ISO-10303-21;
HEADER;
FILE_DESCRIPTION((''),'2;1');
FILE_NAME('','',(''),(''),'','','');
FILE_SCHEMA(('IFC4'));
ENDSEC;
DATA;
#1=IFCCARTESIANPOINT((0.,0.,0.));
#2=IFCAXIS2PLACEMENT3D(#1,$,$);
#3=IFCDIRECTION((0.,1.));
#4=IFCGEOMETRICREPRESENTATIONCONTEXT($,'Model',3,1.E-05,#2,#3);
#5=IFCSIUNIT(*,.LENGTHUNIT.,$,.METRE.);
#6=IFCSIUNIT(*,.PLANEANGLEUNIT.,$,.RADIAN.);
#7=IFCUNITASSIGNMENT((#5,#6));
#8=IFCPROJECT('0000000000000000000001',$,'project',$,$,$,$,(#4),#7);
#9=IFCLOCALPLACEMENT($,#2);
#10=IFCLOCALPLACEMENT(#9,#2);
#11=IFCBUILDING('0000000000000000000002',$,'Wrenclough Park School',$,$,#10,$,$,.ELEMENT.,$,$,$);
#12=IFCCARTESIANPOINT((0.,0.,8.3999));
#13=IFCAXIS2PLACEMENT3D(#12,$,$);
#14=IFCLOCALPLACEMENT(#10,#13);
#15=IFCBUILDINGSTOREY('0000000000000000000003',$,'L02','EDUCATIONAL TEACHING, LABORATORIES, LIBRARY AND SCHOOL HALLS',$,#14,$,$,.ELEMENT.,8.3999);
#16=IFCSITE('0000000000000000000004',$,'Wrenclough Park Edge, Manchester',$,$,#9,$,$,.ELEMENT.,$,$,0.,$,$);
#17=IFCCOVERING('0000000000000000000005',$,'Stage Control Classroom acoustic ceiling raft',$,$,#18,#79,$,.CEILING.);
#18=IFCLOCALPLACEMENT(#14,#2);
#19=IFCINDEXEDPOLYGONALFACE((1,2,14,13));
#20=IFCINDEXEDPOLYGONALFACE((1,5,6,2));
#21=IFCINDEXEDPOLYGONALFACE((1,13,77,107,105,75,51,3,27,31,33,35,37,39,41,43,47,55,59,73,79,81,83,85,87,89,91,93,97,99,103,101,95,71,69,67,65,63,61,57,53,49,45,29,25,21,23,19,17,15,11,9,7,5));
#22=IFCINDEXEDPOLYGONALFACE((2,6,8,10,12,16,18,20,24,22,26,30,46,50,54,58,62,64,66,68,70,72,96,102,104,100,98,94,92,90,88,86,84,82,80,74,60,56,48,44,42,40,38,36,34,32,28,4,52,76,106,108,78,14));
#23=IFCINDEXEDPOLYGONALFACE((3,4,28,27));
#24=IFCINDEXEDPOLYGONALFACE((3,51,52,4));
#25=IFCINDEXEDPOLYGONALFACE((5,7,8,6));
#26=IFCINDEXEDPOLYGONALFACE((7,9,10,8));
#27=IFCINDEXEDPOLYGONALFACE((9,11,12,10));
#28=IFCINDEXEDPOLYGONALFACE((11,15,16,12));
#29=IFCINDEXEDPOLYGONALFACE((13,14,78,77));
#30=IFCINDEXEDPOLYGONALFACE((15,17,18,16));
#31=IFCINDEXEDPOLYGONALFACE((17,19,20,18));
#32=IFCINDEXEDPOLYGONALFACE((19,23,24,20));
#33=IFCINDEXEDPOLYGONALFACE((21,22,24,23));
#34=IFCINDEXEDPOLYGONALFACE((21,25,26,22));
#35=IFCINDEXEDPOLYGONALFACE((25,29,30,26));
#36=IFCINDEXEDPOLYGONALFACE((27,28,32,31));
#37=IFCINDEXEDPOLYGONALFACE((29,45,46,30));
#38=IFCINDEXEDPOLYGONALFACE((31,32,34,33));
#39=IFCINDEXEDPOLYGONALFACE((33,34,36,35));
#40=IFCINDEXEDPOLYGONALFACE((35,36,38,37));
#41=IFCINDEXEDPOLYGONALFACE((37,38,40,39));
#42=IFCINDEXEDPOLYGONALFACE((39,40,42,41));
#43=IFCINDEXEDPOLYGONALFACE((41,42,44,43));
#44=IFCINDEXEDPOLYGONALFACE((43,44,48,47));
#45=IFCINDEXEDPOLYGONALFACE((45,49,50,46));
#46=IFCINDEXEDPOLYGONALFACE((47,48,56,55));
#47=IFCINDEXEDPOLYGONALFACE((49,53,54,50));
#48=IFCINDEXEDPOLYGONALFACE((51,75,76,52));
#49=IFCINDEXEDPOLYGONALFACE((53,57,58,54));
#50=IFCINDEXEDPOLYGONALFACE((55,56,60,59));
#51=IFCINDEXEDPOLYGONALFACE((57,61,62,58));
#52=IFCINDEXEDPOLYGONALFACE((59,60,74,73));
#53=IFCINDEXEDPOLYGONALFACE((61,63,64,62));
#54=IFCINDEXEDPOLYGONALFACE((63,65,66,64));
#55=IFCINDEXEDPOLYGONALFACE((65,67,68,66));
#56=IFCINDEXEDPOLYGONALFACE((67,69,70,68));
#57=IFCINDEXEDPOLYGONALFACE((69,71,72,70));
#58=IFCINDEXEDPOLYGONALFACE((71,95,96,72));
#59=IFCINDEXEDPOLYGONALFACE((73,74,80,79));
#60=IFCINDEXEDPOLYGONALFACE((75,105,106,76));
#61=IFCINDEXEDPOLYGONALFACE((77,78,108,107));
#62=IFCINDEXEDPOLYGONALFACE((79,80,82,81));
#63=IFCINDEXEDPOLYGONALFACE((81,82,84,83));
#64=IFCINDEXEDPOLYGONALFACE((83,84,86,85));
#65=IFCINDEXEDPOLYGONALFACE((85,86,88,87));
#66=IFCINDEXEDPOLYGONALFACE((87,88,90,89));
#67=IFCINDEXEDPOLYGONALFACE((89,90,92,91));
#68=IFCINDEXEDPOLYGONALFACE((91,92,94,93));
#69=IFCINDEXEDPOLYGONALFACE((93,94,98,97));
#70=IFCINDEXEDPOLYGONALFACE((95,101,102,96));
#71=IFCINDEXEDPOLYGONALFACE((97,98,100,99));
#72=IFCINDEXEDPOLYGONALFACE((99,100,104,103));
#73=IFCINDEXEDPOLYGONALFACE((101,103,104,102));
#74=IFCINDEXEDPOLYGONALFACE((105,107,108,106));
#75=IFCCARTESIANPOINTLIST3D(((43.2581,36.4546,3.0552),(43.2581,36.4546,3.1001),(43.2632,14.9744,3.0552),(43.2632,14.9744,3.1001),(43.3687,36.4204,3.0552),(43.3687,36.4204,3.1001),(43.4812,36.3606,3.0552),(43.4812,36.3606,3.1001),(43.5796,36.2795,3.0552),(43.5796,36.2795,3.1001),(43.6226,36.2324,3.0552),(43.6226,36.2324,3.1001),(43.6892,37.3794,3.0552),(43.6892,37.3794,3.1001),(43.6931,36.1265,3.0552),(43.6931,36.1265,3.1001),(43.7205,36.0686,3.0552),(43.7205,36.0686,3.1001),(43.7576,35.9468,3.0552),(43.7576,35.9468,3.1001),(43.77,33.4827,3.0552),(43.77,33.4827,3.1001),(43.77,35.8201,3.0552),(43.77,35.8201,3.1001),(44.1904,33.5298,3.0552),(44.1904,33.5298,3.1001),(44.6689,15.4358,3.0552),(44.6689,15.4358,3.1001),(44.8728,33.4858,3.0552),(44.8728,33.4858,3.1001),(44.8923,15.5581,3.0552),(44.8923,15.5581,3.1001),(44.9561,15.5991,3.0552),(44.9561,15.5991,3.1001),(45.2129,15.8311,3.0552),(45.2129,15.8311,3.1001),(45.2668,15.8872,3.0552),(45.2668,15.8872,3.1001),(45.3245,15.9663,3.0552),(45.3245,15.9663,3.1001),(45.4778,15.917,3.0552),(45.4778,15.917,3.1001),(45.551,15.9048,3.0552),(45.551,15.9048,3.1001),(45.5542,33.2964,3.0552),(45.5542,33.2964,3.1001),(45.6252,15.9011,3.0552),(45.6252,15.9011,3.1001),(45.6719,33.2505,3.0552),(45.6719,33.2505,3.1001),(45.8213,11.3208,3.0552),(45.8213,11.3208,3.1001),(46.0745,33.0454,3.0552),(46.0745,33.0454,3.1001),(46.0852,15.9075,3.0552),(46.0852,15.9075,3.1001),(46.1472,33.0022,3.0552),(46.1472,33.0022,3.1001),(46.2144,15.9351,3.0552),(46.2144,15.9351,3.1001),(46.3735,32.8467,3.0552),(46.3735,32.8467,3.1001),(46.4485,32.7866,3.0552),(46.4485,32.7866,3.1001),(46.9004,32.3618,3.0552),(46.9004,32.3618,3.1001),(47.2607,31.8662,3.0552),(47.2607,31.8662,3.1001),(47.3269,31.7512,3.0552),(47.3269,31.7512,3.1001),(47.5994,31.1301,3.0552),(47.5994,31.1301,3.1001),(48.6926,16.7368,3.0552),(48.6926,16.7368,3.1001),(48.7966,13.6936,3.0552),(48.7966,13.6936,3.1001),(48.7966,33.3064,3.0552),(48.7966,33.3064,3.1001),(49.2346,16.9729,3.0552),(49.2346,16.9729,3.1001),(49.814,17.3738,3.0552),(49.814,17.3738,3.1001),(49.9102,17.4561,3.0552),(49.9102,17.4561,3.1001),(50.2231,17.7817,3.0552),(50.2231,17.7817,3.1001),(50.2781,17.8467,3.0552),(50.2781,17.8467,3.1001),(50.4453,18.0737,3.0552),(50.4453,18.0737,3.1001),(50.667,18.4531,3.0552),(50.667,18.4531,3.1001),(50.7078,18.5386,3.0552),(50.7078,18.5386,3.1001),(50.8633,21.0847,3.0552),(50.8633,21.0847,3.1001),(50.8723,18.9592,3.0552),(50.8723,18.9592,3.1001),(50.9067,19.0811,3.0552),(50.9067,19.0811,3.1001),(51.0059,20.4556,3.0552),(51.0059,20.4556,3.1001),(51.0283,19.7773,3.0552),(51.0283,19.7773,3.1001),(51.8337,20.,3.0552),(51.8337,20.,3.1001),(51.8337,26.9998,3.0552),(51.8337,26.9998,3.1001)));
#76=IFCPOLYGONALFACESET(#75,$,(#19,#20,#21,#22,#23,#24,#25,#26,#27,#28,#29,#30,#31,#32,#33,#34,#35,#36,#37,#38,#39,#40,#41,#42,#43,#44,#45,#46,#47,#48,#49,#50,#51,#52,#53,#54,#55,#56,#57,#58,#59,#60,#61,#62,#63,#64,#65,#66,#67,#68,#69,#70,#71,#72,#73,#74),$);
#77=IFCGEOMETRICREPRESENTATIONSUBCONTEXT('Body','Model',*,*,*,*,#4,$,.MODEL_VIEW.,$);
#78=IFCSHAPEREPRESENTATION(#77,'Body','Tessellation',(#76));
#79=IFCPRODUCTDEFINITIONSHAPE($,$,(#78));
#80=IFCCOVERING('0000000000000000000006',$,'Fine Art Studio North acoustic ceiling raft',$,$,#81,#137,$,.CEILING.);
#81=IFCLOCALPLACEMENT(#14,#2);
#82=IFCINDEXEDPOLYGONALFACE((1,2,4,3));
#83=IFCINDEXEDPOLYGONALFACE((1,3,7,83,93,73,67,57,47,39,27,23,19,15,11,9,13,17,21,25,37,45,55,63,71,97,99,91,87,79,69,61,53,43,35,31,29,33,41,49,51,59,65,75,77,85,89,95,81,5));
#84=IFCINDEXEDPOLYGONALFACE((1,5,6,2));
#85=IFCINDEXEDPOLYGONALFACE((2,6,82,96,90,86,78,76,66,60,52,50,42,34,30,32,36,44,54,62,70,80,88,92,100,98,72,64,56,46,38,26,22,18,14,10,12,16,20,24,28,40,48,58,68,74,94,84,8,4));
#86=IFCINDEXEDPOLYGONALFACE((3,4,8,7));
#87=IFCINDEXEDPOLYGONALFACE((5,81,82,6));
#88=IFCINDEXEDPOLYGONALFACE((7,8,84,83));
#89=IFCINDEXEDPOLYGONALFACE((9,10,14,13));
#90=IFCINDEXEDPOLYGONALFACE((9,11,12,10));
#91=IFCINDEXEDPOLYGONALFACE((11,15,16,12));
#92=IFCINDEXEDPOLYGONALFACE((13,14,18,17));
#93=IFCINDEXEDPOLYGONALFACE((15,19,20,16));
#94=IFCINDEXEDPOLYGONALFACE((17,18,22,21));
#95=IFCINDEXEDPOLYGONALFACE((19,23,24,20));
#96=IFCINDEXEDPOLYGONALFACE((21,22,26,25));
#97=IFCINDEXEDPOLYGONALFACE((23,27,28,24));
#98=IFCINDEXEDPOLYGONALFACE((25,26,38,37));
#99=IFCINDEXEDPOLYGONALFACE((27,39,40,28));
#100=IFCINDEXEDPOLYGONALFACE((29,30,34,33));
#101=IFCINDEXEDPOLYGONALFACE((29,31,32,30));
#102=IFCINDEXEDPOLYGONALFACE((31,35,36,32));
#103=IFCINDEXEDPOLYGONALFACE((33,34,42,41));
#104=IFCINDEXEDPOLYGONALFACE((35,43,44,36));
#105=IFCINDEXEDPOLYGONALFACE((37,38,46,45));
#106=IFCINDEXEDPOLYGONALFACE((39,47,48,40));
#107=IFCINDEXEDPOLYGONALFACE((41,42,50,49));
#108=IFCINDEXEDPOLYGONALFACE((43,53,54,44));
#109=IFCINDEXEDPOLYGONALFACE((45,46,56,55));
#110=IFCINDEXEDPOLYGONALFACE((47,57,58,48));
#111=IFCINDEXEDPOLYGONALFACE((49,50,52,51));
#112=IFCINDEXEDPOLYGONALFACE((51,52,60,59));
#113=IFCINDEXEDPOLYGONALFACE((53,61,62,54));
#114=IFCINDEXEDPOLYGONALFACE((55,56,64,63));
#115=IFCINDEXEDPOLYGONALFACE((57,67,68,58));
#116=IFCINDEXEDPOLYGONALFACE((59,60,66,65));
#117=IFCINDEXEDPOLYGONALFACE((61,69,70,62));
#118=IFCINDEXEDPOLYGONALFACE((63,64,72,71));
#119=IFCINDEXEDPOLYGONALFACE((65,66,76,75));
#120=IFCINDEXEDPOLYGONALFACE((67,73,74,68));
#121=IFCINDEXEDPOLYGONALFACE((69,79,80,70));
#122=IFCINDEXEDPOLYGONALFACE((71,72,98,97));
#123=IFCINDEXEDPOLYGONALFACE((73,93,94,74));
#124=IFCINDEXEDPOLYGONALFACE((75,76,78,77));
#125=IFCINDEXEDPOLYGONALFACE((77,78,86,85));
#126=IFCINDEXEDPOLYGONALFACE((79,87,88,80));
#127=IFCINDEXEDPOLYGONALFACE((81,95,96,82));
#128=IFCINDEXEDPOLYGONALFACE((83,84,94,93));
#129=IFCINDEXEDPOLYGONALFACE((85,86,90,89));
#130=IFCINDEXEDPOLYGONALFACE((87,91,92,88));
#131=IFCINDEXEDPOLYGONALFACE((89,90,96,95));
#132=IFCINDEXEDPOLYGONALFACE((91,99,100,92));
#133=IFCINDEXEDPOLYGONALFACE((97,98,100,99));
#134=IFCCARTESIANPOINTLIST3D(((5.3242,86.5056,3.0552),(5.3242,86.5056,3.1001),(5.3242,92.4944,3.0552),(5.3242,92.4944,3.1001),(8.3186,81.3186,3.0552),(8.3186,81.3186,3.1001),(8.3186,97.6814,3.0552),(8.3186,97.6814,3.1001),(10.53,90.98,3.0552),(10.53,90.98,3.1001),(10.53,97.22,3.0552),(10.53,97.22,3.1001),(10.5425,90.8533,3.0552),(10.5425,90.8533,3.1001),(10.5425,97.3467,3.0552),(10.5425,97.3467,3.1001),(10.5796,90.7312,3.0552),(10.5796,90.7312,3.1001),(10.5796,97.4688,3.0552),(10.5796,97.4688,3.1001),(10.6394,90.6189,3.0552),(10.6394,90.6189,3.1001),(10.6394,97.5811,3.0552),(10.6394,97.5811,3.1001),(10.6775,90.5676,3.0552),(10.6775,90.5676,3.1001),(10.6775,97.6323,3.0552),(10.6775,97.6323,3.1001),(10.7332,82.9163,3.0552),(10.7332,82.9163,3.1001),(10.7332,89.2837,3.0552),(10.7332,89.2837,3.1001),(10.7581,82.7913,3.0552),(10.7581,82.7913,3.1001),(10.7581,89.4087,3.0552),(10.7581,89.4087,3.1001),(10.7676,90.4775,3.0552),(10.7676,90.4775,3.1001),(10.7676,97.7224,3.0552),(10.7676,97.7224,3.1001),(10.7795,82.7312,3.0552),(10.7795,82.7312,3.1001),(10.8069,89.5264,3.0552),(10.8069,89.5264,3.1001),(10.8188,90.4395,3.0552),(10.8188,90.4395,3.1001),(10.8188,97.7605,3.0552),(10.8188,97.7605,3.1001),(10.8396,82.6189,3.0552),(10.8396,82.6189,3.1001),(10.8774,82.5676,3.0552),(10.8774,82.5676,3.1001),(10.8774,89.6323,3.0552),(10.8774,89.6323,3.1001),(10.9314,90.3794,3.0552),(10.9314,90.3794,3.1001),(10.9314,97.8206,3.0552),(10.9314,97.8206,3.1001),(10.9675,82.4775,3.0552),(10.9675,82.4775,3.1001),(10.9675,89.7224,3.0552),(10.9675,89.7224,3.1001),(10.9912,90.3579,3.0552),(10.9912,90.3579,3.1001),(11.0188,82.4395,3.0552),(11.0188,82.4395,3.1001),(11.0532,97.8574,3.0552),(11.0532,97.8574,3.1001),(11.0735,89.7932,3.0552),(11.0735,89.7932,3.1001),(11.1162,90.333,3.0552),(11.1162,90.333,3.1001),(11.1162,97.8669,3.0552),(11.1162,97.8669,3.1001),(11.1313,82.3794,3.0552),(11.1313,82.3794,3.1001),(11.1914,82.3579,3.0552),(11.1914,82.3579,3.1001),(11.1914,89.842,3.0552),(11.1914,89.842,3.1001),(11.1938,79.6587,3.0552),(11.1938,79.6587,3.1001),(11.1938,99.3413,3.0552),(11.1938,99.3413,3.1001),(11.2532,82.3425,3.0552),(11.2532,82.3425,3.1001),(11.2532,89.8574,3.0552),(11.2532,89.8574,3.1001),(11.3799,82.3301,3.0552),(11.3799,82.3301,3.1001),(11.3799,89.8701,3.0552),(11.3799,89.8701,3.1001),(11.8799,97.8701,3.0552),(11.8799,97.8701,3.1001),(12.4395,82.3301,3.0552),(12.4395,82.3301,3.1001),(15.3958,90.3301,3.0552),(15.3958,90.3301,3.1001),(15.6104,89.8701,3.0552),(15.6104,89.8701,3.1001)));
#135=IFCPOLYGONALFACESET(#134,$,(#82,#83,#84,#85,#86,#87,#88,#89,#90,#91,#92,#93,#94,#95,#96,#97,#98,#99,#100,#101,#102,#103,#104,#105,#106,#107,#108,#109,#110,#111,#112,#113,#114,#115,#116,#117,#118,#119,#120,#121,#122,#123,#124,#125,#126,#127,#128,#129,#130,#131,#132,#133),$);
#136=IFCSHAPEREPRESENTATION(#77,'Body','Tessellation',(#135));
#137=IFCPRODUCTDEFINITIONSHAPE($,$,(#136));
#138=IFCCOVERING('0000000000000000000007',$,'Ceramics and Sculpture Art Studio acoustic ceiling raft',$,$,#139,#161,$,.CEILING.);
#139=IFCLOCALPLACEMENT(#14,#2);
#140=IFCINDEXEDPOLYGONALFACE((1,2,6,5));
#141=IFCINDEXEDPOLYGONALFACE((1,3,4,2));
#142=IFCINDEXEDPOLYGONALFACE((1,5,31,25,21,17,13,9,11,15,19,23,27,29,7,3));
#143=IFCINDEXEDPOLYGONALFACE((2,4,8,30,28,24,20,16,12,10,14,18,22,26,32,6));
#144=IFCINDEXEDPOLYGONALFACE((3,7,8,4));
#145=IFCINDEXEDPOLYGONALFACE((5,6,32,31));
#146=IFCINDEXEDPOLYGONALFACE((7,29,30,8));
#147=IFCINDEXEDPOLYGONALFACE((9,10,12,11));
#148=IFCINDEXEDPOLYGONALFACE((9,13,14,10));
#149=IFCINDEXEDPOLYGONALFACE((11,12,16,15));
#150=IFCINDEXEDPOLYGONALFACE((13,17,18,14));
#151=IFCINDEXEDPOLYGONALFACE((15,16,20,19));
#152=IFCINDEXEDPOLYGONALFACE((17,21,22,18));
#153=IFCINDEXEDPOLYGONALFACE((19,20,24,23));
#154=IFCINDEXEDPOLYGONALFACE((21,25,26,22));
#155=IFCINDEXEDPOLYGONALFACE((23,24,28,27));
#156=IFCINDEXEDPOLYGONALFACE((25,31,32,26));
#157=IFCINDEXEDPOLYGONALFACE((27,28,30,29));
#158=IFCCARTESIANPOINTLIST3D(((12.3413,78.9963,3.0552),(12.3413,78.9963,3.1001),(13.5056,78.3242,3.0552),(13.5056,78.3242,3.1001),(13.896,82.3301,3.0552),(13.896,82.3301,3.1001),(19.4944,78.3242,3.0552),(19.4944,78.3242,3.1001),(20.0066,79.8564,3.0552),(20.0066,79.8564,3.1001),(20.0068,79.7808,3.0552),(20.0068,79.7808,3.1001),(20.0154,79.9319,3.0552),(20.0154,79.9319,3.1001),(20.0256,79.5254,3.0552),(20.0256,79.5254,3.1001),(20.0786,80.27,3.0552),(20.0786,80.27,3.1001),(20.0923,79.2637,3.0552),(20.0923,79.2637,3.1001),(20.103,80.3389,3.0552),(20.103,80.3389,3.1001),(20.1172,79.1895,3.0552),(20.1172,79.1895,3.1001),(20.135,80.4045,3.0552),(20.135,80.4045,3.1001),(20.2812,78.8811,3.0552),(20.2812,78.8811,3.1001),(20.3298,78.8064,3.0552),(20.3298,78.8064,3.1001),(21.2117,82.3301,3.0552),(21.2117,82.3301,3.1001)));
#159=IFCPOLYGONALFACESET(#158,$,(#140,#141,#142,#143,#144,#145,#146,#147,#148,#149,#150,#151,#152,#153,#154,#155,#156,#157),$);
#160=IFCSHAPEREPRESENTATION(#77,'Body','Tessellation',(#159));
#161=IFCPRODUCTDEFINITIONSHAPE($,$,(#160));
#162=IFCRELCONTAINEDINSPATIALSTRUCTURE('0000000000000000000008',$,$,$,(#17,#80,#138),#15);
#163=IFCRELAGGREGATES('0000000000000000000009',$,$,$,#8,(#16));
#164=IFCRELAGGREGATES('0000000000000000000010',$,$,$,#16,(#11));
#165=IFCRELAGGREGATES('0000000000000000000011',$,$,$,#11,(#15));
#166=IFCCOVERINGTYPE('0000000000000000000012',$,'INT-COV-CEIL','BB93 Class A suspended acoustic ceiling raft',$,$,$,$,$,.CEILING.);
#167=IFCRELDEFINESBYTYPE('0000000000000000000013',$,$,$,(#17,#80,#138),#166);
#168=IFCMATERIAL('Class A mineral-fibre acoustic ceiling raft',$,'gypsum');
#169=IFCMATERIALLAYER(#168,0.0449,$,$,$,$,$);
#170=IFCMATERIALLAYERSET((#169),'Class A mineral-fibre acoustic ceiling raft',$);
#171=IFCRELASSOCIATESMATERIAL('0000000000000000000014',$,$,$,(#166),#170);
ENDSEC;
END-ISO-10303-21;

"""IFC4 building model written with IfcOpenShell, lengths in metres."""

from ifc_helpers import new_model, si_unit, direction, frame, origin, place, context, subcontext, project, spatial, polyline, outline, extrude, material, layer, layer_set, type_object, element, save


model = new_model("IFC4")

# Units and contexts
model_context = context("Model", 3, precision=1e-05, world=origin(), true_north=direction((0.0, 1.0)))
body_context = subcontext(model_context, "Body", "Model", "MODEL_VIEW")
ifc_project = project(units=[si_unit("LENGTHUNIT", "METRE"), si_unit("PLANEANGLEUNIT", "RADIAN")], contexts=[model_context])

# Site, building, storey
site_placement = place(None, origin())
site = spatial("IfcSite", under=ifc_project, at=site_placement, Name="Wrenclough Park Edge, Manchester", CompositionType="ELEMENT", RefElevation=0.0)
building_placement = place(site_placement, origin())
building = spatial("IfcBuilding", under=site, at=building_placement, Name="Wrenclough Park School", CompositionType="ELEMENT")
storey_placement = place(building_placement, frame((0.0, 0.0, 8.3999)))
storey = spatial("IfcBuildingStorey", under=building, at=storey_placement, Name="L02", Description="EDUCATIONAL TEACHING, LABORATORIES, LIBRARY AND SCHOOL HALLS", CompositionType="ELEMENT", Elevation=8.3999)

# Coverings
ifc_material_1 = material(Name="Class A mineral-fibre acoustic ceiling raft", Category="gypsum")
ifc_layer_1 = layer(ifc_material_1, 0.0449)
ifc_layer_set_1 = layer_set([ifc_layer_1], Name="Class A mineral-fibre acoustic ceiling raft")
covering_type_1 = type_object("IfcCoveringType", Name="INT-COV-CEIL", Description="BB93 Class A suspended acoustic ceiling raft", PredefinedType="CEILING", material=ifc_layer_set_1)
covering_1_placement = place(storey_placement, frame((0.0, 0.0, 3.0552)))
element("IfcCovering", 1, at=covering_1_placement, inside=storey, type_object=covering_type_1, Name="Stage Control Classroom acoustic ceiling raft", PredefinedType="CEILING", context=body_context, shape_type="SweptSolid", body=[
    extrude(outline(polyline([(43.77, 35.8201), (43.77, 33.4827), (44.1904, 33.5298), (44.8728, 33.4858), (45.5542, 33.2964), (45.6719, 33.2505), (46.0745, 33.0454), (46.1472, 33.0022), (46.3735, 32.8467), (46.4485, 32.7866), (46.9004, 32.3618), (47.2607, 31.8662), (47.3269, 31.7512), (47.5994, 31.1301), (50.8633, 21.0847), (51.0059, 20.4556), (51.0283, 19.7773), (50.9067, 19.0811), (50.8723, 18.9592), (50.7078, 18.5386), (50.667, 18.4531), (50.4453, 18.0737), (50.2781, 17.8467), (50.2231, 17.7817), (49.9102, 17.4561), (49.814, 17.3738), (49.2346, 16.9729), (48.6926, 16.7368), (46.2144, 15.9351), (46.0852, 15.9075), (45.6252, 15.9011), (45.551, 15.9048), (45.4778, 15.917), (45.3245, 15.9663), (45.2668, 15.8872), (45.2129, 15.8311), (44.9561, 15.5991), (44.8923, 15.5581), (44.6689, 15.4358), (43.2632, 14.9744), (45.8213, 11.3208), (48.7966, 13.6936), (51.8337, 20.0), (51.8337, 26.9998), (48.7966, 33.3064), (43.6892, 37.3794), (43.2581, 36.4546), (43.3687, 36.4204), (43.4812, 36.3606), (43.5796, 36.2795), (43.6226, 36.2324), (43.6931, 36.1265), (43.7205, 36.0686), (43.7576, 35.9468), (43.77, 35.8201)])), origin(), (0.0, 0.0, 1.0), 0.0449),
])
covering_2_placement = place(storey_placement, frame((0.0, 0.0, 3.0552)))
element("IfcCovering", 2, at=covering_2_placement, inside=storey, type_object=covering_type_1, Name="Fine Art Studio North acoustic ceiling raft", PredefinedType="CEILING", context=body_context, shape_type="SweptSolid", body=[
    extrude(outline(polyline([(11.3799, 89.8701), (15.6104, 89.8701), (15.3958, 90.3301), (11.1162, 90.333), (10.9912, 90.3579), (10.9314, 90.3794), (10.8188, 90.4395), (10.7676, 90.4775), (10.6775, 90.5676), (10.6394, 90.6189), (10.5796, 90.7312), (10.5425, 90.8533), (10.53, 90.98), (10.53, 97.22), (10.5425, 97.3467), (10.5796, 97.4688), (10.6394, 97.5811), (10.6775, 97.6323), (10.7676, 97.7224), (10.8188, 97.7605), (10.9314, 97.8206), (11.0532, 97.8574), (11.1162, 97.8669), (11.8799, 97.8701), (11.1938, 99.3413), (8.3186, 97.6814), (5.3242, 92.4944), (5.3242, 86.5056), (8.3186, 81.3186), (11.1938, 79.6587), (12.4395, 82.3301), (11.3799, 82.3301), (11.2532, 82.3425), (11.1914, 82.3579), (11.1313, 82.3794), (11.0188, 82.4395), (10.9675, 82.4775), (10.8774, 82.5676), (10.8396, 82.6189), (10.7795, 82.7312), (10.7581, 82.7913), (10.7332, 82.9163), (10.7332, 89.2837), (10.7581, 89.4087), (10.8069, 89.5264), (10.8774, 89.6323), (10.9675, 89.7224), (11.0735, 89.7932), (11.1914, 89.842), (11.2532, 89.8574), (11.3799, 89.8701)])), origin(), (0.0, 0.0, 1.0), 0.0449),
])
covering_3_placement = place(storey_placement, frame((0.0, 0.0, 3.0552)))
element("IfcCovering", 3, at=covering_3_placement, inside=storey, type_object=covering_type_1, Name="Ceramics and Sculpture Art Studio acoustic ceiling raft", PredefinedType="CEILING", context=body_context, shape_type="SweptSolid", body=[
    extrude(outline(polyline([(21.2117, 82.3301), (13.896, 82.3301), (12.3413, 78.9963), (13.5056, 78.3242), (19.4944, 78.3242), (20.3298, 78.8064), (20.2812, 78.8811), (20.1172, 79.1895), (20.0923, 79.2637), (20.0256, 79.5254), (20.0068, 79.7808), (20.0066, 79.8564), (20.0154, 79.9319), (20.0786, 80.27), (20.103, 80.3389), (20.135, 80.4045), (21.2117, 82.3301)])), origin(), (0.0, 0.0, 1.0), 0.0449),
])

save(model, "model.ifc")
